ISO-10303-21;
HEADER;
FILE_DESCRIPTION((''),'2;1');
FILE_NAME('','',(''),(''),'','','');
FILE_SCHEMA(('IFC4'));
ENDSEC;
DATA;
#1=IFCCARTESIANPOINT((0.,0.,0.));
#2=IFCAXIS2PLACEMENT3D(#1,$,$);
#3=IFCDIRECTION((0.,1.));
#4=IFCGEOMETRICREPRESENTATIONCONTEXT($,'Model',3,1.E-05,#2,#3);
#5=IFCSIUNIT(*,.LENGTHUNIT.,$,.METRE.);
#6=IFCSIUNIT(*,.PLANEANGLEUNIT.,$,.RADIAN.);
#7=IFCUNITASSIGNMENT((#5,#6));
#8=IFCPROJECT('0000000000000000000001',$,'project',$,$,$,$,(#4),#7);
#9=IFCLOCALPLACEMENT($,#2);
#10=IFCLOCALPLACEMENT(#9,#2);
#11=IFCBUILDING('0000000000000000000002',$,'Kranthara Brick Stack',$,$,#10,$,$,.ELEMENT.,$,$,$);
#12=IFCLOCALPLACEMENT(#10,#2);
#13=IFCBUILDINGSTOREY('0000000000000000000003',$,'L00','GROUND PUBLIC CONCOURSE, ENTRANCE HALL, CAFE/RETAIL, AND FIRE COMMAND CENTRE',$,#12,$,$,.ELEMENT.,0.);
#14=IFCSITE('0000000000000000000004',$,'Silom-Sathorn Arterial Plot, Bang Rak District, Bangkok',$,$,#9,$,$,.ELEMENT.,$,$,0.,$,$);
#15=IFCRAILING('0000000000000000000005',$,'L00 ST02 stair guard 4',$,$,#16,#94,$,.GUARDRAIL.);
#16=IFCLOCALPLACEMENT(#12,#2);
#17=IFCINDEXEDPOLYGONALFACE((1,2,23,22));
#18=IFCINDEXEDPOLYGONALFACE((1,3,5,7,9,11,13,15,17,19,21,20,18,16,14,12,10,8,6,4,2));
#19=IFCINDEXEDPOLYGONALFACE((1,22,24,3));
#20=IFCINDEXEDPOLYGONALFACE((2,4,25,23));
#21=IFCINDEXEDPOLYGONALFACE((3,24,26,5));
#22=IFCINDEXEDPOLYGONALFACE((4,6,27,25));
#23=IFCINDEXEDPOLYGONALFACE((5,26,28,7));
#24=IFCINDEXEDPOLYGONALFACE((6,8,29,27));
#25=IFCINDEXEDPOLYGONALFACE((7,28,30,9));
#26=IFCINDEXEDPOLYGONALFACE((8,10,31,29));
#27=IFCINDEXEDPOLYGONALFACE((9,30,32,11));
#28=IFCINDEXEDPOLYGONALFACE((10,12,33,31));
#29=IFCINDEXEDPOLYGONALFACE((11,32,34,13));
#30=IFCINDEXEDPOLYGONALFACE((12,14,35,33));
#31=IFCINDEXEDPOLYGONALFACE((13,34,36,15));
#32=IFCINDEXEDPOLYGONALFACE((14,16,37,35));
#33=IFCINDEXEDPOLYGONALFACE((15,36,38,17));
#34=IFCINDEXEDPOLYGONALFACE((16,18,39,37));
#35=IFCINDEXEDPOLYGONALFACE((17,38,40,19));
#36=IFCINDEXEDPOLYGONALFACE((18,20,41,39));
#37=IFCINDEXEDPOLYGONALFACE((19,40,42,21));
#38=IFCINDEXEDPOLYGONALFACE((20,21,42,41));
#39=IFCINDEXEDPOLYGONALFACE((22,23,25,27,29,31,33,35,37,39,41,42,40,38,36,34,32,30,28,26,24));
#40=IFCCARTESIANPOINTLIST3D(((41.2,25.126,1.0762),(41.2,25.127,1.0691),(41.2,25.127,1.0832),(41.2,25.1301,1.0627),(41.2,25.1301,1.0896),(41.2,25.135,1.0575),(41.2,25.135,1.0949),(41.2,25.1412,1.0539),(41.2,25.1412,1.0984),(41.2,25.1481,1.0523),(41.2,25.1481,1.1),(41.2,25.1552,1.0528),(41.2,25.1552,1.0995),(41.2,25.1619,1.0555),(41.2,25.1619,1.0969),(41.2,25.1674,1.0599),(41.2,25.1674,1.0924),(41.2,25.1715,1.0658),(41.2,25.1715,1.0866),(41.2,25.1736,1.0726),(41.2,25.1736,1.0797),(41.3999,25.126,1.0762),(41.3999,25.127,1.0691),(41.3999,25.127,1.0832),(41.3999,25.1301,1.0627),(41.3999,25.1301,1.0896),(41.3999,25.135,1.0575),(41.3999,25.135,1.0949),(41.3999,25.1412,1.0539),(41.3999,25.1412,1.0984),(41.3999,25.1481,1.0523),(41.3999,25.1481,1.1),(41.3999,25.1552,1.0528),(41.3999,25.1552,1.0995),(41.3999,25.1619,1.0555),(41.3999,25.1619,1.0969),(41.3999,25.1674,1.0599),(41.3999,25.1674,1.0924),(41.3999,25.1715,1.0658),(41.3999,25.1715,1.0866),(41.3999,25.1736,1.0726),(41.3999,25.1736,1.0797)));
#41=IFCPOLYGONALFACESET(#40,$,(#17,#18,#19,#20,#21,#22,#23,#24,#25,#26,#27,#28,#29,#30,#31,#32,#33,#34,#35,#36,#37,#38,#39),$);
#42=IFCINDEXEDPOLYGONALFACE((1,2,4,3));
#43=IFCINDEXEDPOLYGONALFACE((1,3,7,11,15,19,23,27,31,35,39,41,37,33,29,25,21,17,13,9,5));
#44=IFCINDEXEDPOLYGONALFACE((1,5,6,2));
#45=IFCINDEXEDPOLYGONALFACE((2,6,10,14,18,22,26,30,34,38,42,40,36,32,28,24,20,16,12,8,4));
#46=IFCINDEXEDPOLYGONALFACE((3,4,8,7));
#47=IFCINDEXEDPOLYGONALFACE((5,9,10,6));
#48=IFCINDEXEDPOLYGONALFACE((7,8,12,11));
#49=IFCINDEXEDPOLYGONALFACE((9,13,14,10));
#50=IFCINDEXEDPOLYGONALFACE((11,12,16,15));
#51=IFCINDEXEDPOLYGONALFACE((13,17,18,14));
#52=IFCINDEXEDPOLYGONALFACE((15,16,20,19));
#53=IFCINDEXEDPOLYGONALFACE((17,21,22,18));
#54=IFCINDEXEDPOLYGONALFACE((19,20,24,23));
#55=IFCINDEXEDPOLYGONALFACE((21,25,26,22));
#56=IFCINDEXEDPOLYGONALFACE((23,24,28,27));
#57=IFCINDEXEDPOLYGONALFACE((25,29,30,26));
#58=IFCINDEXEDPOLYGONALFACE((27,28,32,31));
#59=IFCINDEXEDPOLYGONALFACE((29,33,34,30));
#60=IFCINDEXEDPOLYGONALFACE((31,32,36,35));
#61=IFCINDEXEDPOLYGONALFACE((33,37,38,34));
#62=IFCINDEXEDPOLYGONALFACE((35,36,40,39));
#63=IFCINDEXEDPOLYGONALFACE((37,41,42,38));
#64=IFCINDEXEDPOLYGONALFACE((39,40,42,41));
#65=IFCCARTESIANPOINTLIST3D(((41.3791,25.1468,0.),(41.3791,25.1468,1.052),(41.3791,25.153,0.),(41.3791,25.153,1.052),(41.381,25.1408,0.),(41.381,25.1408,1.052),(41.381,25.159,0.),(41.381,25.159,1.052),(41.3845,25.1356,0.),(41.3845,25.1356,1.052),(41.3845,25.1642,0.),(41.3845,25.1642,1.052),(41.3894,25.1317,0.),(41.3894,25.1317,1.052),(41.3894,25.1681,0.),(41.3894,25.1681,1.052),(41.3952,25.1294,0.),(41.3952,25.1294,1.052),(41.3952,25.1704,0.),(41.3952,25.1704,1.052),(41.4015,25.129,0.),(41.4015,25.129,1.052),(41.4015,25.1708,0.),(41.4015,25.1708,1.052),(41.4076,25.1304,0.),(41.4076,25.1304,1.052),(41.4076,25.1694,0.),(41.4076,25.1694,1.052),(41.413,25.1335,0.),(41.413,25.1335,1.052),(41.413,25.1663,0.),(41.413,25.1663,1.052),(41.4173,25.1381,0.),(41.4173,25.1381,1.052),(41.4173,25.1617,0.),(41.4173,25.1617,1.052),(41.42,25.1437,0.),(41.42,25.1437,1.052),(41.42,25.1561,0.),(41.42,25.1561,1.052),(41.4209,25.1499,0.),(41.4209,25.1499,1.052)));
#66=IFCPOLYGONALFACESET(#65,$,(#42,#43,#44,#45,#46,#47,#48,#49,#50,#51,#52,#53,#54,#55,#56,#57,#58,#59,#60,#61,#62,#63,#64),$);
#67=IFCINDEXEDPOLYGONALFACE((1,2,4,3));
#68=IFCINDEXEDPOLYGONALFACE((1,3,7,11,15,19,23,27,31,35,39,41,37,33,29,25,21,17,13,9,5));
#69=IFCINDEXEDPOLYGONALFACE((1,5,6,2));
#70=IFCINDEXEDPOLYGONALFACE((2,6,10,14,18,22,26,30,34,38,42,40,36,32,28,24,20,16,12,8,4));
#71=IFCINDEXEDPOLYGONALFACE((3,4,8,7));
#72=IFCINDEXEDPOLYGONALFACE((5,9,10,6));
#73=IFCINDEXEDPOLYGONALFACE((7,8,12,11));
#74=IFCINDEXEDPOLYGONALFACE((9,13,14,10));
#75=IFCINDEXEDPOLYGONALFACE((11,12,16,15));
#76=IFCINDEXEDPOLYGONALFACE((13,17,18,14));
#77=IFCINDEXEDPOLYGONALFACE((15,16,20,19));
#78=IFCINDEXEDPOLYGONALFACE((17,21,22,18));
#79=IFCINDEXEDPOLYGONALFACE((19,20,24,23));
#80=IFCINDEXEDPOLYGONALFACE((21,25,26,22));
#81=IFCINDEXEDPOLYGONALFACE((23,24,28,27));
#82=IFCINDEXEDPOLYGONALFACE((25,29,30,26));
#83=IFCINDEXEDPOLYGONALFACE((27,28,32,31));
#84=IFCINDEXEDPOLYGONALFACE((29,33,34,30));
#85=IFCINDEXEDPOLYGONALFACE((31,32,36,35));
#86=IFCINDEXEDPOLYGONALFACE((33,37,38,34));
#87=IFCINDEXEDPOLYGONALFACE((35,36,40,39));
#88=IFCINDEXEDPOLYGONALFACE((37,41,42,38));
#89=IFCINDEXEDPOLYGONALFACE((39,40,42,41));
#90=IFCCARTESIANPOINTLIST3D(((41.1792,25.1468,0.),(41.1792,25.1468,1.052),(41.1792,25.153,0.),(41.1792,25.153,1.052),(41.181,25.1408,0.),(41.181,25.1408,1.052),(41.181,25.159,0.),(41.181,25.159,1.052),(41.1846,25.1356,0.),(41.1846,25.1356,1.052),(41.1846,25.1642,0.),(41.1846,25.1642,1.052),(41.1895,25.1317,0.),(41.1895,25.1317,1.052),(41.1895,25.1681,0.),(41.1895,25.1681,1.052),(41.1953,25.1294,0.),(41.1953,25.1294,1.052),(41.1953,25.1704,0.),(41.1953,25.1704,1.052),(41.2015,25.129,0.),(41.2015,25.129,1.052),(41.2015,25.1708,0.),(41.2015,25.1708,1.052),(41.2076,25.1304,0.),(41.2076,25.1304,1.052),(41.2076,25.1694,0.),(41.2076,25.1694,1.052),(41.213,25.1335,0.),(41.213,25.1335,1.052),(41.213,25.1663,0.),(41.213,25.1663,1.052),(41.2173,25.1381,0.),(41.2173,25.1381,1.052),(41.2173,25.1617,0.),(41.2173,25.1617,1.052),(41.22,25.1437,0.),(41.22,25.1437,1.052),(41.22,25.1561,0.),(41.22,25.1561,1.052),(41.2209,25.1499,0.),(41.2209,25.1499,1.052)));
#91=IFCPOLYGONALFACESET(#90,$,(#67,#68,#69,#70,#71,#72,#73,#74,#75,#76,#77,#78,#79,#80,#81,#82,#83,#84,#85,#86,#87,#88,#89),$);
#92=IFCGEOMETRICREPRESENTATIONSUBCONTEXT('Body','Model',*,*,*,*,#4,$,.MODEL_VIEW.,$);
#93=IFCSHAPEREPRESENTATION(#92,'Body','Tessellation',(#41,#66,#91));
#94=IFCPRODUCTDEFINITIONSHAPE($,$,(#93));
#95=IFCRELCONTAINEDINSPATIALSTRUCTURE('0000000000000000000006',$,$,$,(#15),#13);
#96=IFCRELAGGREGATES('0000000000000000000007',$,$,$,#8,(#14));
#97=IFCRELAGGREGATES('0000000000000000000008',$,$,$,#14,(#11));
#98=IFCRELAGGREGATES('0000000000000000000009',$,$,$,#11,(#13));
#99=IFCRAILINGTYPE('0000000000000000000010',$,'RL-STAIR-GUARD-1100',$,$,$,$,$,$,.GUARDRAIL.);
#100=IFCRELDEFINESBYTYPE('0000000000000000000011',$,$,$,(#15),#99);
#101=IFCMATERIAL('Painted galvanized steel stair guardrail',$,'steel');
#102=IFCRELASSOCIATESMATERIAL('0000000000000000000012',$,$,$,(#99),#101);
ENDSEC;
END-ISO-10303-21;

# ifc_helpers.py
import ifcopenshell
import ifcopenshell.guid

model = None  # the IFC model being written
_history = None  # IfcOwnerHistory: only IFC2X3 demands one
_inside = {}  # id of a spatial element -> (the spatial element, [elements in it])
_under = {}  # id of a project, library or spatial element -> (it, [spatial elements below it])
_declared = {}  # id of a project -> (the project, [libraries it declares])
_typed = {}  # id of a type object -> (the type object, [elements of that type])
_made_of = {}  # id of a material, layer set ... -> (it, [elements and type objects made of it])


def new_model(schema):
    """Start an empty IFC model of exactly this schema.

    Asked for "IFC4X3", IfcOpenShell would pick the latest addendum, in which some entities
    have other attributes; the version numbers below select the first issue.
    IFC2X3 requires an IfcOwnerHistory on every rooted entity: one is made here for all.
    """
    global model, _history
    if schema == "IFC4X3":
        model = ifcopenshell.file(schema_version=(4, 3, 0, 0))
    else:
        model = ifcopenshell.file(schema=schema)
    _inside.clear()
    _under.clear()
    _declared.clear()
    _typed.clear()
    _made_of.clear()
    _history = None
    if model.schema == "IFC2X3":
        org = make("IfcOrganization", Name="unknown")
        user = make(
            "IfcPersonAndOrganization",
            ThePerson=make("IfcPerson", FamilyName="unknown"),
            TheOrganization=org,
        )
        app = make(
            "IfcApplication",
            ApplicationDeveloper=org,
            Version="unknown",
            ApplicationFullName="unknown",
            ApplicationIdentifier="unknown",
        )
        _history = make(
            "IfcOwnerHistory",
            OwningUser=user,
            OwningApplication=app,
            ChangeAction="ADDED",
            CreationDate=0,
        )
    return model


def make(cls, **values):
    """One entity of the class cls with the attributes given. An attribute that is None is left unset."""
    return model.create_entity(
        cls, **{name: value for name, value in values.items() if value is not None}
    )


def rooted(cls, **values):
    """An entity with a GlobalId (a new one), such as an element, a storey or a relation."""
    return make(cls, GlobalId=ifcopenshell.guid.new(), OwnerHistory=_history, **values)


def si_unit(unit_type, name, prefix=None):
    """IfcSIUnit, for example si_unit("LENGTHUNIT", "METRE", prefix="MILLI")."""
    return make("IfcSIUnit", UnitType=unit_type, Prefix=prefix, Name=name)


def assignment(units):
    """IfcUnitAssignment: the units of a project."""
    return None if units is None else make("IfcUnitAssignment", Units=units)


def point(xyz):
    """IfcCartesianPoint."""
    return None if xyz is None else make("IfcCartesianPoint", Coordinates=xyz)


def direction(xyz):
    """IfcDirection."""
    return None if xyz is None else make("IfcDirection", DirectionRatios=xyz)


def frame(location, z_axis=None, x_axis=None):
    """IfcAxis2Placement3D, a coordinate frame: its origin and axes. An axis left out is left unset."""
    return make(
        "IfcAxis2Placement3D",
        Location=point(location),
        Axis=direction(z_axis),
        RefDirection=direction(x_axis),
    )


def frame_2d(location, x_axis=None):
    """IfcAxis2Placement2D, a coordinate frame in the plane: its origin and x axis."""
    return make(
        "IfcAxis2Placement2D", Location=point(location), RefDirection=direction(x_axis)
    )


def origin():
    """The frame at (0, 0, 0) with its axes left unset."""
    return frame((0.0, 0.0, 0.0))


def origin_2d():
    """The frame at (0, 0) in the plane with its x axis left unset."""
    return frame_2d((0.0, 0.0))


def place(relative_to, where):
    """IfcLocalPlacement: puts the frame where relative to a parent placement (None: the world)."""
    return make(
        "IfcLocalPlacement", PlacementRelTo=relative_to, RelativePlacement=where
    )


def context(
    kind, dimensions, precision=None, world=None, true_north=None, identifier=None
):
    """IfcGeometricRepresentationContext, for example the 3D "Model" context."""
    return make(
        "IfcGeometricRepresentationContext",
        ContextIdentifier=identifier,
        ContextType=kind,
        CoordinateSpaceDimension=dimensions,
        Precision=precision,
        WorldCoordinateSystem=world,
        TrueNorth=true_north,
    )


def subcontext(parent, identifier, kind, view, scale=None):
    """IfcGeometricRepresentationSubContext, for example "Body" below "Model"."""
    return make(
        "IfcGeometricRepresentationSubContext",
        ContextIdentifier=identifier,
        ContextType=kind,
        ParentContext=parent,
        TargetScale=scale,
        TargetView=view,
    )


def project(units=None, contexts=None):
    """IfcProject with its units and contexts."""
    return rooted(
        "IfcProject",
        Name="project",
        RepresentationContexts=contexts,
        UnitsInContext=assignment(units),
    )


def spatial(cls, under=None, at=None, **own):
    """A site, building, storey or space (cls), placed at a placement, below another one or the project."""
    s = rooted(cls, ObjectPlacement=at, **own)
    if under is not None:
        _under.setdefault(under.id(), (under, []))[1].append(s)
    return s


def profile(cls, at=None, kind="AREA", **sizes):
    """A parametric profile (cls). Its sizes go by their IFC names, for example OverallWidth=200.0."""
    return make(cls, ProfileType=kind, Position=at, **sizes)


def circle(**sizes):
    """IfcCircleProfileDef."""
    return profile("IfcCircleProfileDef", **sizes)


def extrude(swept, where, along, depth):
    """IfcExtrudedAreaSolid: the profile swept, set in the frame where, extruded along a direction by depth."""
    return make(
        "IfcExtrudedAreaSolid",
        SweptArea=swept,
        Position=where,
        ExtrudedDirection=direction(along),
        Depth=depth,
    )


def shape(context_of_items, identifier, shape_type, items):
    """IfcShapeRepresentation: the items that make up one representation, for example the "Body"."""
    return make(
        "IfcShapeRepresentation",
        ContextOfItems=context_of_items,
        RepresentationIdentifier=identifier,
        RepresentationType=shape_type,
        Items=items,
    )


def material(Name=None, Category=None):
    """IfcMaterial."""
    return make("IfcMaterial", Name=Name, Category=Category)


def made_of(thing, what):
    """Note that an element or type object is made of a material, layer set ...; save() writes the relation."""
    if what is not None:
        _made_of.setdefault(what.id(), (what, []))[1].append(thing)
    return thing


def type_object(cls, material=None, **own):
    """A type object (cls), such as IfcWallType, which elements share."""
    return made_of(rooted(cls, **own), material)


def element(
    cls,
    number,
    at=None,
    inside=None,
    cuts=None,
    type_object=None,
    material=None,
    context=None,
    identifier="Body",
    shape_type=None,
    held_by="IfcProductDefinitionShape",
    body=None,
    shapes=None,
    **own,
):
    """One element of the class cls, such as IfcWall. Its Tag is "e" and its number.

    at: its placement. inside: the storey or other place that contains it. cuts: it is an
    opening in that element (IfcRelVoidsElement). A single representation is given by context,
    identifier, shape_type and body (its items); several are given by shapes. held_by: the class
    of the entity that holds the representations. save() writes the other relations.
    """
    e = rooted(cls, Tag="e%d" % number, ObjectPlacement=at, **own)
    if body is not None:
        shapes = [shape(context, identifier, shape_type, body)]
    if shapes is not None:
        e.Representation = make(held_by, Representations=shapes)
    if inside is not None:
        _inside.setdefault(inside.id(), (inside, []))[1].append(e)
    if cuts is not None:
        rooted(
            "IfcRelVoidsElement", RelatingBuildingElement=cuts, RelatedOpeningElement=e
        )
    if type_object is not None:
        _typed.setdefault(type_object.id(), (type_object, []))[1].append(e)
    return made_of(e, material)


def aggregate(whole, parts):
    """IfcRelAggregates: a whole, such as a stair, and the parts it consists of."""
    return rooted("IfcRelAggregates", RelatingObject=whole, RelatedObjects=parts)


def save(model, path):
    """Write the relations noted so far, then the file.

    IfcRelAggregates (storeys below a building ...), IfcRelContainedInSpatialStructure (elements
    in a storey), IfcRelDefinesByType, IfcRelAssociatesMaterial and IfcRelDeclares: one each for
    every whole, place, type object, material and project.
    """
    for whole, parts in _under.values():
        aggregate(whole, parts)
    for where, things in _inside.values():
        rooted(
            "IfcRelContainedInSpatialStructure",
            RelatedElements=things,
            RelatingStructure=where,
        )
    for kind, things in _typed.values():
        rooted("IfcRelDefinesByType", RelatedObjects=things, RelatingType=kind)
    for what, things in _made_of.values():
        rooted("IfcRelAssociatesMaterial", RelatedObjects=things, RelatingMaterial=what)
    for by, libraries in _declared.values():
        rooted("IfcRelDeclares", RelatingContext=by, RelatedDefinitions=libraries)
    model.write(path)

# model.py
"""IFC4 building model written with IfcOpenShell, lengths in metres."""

from ifc_helpers import new_model, si_unit, direction, frame, origin, origin_2d, place, context, subcontext, project, spatial, circle, extrude, material, type_object, element, save


model = new_model("IFC4")

# Units and contexts
model_context = context("Model", 3, precision=1e-05, world=origin(), true_north=direction((0.0, 1.0)))
body_context = subcontext(model_context, "Body", "Model", "MODEL_VIEW")
ifc_project = project(units=[si_unit("LENGTHUNIT", "METRE"), si_unit("PLANEANGLEUNIT", "RADIAN")], contexts=[model_context])

# Site, building, storey
site_placement = place(None, origin())
site = spatial("IfcSite", under=ifc_project, at=site_placement, Name="Silom-Sathorn Arterial Plot, Bang Rak District, Bangkok", CompositionType="ELEMENT", RefElevation=0.0)
building_placement = place(site_placement, origin())
building = spatial("IfcBuilding", under=site, at=building_placement, Name="Kranthara Brick Stack", CompositionType="ELEMENT")
storey_placement = place(building_placement, origin())
storey = spatial("IfcBuildingStorey", under=building, at=storey_placement, Name="L00", Description="GROUND PUBLIC CONCOURSE, ENTRANCE HALL, CAFE/RETAIL, AND FIRE COMMAND CENTRE", CompositionType="ELEMENT", Elevation=0.0)

# Railing
ifc_material_1 = material(Name="Painted galvanized steel stair guardrail", Category="steel")
railing_type_1 = type_object("IfcRailingType", Name="RL-STAIR-GUARD-1100", PredefinedType="GUARDRAIL", material=ifc_material_1)
railing_1_placement = place(storey_placement, frame((41.3999, 25.1499, 0.0)))
element("IfcRailing", 1, at=railing_1_placement, inside=storey, type_object=railing_type_1, Name="L00 ST02 stair guard 4", PredefinedType="GUARDRAIL", context=body_context, shape_type="SweptSolid", body=[
    extrude(circle(Radius=0.0239, at=origin_2d()), frame((0.0, 0.0, 1.0762), z_axis=(-1.0, 0.0, 0.0), x_axis=(0.0, -1.0, 0.0)), (0.0, 0.0, 1.0), 0.2),
    extrude(circle(Radius=0.021, at=origin_2d()), origin(), (0.0, 0.0, 1.0), 1.052),
    extrude(circle(Radius=0.021, at=origin_2d()), frame((-0.2, 0.0, 0.0)), (0.0, 0.0, 1.0), 1.052),
])

save(model, "model.ifc")
